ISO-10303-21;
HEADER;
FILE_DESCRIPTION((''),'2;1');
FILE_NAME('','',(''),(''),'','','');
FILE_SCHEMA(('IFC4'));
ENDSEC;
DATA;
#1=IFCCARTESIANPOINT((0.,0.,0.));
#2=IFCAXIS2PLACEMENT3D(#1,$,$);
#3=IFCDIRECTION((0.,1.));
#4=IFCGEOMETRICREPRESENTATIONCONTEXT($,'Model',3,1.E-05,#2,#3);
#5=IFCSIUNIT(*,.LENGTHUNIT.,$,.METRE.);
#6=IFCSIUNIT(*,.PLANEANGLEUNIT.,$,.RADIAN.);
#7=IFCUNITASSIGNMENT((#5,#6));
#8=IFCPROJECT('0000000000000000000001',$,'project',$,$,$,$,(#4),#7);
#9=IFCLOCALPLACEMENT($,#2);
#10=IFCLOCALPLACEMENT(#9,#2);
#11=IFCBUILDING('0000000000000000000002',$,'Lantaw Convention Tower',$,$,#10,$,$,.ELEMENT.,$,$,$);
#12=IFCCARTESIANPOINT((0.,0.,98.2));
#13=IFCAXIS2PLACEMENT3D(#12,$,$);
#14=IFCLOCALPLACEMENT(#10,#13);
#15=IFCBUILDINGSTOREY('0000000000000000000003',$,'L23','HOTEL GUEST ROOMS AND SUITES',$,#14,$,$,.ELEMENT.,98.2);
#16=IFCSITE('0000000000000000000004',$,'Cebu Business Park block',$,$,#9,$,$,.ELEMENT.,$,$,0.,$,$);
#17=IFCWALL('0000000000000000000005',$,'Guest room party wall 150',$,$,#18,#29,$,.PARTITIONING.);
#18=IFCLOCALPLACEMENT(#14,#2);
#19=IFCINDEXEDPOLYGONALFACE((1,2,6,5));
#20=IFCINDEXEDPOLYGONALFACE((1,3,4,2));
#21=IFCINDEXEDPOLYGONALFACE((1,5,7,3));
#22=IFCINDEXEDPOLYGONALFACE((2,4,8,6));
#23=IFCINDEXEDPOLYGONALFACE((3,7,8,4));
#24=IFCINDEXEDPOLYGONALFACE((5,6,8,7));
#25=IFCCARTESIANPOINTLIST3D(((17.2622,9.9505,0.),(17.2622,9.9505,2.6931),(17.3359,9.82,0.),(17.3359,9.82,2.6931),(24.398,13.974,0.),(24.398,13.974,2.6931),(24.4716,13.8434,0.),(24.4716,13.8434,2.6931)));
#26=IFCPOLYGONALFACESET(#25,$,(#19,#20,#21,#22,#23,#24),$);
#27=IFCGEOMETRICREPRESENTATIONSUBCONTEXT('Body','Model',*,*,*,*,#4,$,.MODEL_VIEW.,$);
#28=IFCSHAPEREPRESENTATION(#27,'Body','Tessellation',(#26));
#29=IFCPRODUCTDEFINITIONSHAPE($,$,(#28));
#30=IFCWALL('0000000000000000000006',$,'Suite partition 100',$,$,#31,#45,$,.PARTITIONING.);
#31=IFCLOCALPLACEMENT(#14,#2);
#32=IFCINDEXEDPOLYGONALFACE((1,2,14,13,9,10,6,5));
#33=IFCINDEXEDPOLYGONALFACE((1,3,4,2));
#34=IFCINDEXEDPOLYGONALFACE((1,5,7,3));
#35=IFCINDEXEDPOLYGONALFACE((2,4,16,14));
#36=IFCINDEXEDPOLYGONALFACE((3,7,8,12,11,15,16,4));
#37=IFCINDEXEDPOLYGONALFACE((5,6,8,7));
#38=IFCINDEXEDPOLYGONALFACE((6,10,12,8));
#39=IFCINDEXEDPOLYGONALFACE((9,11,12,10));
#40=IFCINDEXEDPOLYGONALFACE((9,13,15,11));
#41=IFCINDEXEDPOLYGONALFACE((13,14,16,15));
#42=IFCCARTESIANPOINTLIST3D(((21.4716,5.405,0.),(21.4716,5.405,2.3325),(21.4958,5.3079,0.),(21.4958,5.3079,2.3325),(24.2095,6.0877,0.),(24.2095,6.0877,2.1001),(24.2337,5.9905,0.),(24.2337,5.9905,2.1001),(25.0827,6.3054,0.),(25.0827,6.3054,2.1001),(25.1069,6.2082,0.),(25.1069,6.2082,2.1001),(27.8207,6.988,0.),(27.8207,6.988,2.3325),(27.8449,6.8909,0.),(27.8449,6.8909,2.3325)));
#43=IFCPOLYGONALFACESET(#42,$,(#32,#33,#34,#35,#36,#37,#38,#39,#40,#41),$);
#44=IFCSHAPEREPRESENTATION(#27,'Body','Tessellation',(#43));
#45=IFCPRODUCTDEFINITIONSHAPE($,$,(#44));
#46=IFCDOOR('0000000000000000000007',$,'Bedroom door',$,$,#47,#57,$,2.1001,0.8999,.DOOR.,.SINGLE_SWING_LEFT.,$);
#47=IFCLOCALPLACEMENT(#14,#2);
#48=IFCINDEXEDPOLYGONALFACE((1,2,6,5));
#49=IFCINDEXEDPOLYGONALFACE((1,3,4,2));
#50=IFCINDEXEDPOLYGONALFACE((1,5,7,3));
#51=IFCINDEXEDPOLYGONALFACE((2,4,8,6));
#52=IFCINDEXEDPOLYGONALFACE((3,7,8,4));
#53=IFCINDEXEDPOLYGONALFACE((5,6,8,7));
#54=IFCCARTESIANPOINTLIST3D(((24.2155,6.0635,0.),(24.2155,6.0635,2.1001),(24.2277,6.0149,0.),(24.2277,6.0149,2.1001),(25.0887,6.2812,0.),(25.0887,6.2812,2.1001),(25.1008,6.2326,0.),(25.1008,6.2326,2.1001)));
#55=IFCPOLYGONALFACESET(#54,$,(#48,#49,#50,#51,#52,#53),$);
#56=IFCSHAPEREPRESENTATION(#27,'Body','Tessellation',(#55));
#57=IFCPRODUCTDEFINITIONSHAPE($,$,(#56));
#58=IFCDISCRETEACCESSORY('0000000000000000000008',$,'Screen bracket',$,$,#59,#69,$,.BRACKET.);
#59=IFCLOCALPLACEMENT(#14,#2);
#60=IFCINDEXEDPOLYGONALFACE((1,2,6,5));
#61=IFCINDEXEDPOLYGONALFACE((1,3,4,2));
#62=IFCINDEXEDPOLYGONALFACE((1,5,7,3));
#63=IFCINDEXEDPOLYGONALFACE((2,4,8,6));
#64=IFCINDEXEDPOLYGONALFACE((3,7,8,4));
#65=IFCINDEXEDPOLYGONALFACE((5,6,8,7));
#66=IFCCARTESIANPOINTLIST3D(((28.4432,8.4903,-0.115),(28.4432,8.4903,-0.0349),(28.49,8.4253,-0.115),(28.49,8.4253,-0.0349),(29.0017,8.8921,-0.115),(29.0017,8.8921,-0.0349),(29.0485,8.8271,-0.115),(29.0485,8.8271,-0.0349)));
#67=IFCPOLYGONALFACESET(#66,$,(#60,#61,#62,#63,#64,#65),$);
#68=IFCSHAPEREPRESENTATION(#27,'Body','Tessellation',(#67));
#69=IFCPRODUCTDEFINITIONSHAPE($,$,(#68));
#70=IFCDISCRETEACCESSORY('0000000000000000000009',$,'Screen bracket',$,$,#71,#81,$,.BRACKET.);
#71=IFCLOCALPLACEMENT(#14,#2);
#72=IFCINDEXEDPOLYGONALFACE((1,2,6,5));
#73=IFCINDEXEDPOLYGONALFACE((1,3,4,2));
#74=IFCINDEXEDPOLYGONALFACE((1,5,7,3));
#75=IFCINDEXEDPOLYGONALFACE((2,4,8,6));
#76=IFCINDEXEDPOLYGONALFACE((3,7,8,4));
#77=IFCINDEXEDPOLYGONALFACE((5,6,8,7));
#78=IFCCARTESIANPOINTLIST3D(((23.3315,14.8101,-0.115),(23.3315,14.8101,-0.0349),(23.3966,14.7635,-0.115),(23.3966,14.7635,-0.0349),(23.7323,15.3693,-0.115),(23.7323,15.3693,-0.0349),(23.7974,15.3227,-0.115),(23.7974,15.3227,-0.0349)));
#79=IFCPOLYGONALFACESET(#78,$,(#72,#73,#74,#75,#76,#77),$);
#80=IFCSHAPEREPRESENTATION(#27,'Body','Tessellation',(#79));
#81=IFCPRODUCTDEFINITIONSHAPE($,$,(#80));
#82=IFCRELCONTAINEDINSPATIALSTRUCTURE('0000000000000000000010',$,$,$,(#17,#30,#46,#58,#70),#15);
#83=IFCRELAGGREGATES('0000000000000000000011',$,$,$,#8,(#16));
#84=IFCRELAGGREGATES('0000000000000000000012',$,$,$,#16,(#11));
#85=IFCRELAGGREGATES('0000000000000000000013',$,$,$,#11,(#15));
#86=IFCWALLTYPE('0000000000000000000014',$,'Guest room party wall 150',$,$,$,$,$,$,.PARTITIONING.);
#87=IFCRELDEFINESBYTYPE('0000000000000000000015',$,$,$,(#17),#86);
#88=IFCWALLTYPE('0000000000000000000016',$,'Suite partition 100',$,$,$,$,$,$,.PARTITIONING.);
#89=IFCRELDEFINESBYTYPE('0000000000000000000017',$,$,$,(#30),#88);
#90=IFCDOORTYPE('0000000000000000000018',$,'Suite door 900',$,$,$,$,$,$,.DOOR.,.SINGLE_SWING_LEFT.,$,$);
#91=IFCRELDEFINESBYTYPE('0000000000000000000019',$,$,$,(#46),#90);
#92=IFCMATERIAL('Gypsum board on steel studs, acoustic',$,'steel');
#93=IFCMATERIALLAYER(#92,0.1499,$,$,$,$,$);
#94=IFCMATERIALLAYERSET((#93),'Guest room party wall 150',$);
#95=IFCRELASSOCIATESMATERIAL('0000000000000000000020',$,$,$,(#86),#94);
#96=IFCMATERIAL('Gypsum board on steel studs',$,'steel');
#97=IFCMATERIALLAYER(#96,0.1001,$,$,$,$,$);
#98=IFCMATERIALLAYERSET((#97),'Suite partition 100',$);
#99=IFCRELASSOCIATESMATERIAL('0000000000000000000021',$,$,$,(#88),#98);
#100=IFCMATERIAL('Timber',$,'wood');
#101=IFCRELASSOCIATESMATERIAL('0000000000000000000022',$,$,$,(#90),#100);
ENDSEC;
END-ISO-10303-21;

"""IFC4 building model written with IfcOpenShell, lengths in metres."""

from ifc_helpers import new_model, si_unit, direction, frame, frame_2d, origin, origin_2d, place, context, subcontext, project, spatial, rectangle, extrude, material, layer, layer_set, type_object, element, fill, save


model = new_model("IFC4")

# Units and contexts
model_context = context("Model", 3, precision=1e-05, world=origin(), true_north=direction((0.0, 1.0)))
body_context = subcontext(model_context, "Body", "Model", "MODEL_VIEW")
ifc_project = project(units=[si_unit("LENGTHUNIT", "METRE"), si_unit("PLANEANGLEUNIT", "RADIAN")], contexts=[model_context])

# Site, building, storey
site_placement = place(None, origin())
site = spatial("IfcSite", under=ifc_project, at=site_placement, Name="Cebu Business Park block", CompositionType="ELEMENT", RefElevation=0.0)
building_placement = place(site_placement, origin())
building = spatial("IfcBuilding", under=site, at=building_placement, Name="Lantaw Convention Tower", CompositionType="ELEMENT")
storey_placement = place(building_placement, frame((0.0, 0.0, 98.2)))
storey = spatial("IfcBuildingStorey", under=building, at=storey_placement, Name="L23", Description="HOTEL GUEST ROOMS AND SUITES", CompositionType="ELEMENT", Elevation=98.2)

# Wall
ifc_material_1 = material(Name="Gypsum board on steel studs, acoustic", Category="steel")
ifc_layer_1 = layer(ifc_material_1, 0.1499)
ifc_layer_set_1 = layer_set([ifc_layer_1], Name="Guest room party wall 150")
wall_type_1 = type_object("IfcWallType", Name="Guest room party wall 150", PredefinedType="PARTITIONING", material=ifc_layer_set_1)
wall_1_placement = place(storey_placement, frame((24.4348, 13.9087, 0.0), z_axis=(0.0, 0.0, 1.0), x_axis=(-0.871075, -0.49115, 0.0)))
element("IfcWall", 1, at=wall_1_placement, inside=storey, type_object=wall_type_1, Name="Guest room party wall 150", PredefinedType="PARTITIONING", context=body_context, shape_type="SweptSolid", body=[
    extrude(rectangle(XDim=8.1919, YDim=0.1499, at=frame_2d((4.0959, 0.0))), origin(), (0.0, 0.0, 1.0), 2.6931),
])

# Wall, opening, door
ifc_material_2 = material(Name="Gypsum board on steel studs", Category="steel")
ifc_layer_2 = layer(ifc_material_2, 0.1001)
ifc_layer_set_2 = layer_set([ifc_layer_2], Name="Suite partition 100")
wall_type_2 = type_object("IfcWallType", Name="Suite partition 100", PredefinedType="PARTITIONING", material=ifc_layer_set_2)
wall_2_placement = place(storey_placement, frame((27.8328, 6.9395, 0.0), z_axis=(0.0, 0.0, 1.0), x_axis=(-0.970296, -0.241921, 0.0)))
wall_2 = element("IfcWall", 2, at=wall_2_placement, inside=storey, type_object=wall_type_2, Name="Suite partition 100", PredefinedType="PARTITIONING", context=body_context, shape_type="SweptSolid", body=[
    extrude(rectangle(XDim=6.5435, YDim=0.1001, at=frame_2d((3.2717, 0.0))), origin(), (0.0, 0.0, 1.0), 2.3325),
])
opening_1_placement = place(wall_2_placement, frame((2.8218, 0.0, 0.0)))
opening_1 = element("IfcOpeningElement", 3, at=opening_1_placement, cuts=wall_2, PredefinedType="OPENING", context=body_context, shape_type="SweptSolid", body=[
    extrude(rectangle(XDim=0.8999, YDim=2.1001, at=frame_2d((0.45, 1.05))), frame((0.0, 0.0601, 0.0), z_axis=(0.0, -1.0, 0.0), x_axis=(1.0, 0.0, 0.0)), (0.0, 0.0, 1.0), 0.1201),
])
ifc_material_3 = material(Name="Timber", Category="wood")
door_type = type_object("IfcDoorType", Name="Suite door 900", OperationType="SINGLE_SWING_LEFT", PredefinedType="DOOR", material=ifc_material_3)
door_placement = place(opening_1_placement, origin())
door = element("IfcDoor", 4, at=door_placement, inside=storey, type_object=door_type, Name="Bedroom door", OperationType="SINGLE_SWING_LEFT", OverallHeight=2.1001, OverallWidth=0.8999, PredefinedType="DOOR", context=body_context, shape_type="SweptSolid", body=[
    extrude(rectangle(XDim=0.8999, YDim=2.1001, at=frame_2d((0.45, 1.05))), frame((0.0, 0.0249, 0.0), z_axis=(0.0, -1.0, 0.0), x_axis=(1.0, 0.0, 0.0)), (0.0, 0.0, 1.0), 0.05),
])
fill(opening_1, door)

# Discrete accessories
for number, where, z_axis, x_axis, name in (
    (5, (28.7458, 8.6587, -0.115), (0.0, 0.0, 1.0), (-0.583951, 0.811789, 0.0), "Screen bracket"),
    (6, (23.5645, 15.0664, -0.115), (0.0, 0.0, 1.0), (-0.812804, 0.582538, 0.0), "Screen bracket"),
):
    element("IfcDiscreteAccessory", number, at=place(storey_placement, frame(where, z_axis=z_axis, x_axis=x_axis)), inside=storey, Name=name, PredefinedType="BRACKET", context=body_context, shape_type="SweptSolid", body=[
        extrude(rectangle(XDim=0.0801, YDim=0.688, at=origin_2d()), origin(), (0.0, 0.0, 1.0), 0.0801),
    ])

save(model, "model.ifc")
